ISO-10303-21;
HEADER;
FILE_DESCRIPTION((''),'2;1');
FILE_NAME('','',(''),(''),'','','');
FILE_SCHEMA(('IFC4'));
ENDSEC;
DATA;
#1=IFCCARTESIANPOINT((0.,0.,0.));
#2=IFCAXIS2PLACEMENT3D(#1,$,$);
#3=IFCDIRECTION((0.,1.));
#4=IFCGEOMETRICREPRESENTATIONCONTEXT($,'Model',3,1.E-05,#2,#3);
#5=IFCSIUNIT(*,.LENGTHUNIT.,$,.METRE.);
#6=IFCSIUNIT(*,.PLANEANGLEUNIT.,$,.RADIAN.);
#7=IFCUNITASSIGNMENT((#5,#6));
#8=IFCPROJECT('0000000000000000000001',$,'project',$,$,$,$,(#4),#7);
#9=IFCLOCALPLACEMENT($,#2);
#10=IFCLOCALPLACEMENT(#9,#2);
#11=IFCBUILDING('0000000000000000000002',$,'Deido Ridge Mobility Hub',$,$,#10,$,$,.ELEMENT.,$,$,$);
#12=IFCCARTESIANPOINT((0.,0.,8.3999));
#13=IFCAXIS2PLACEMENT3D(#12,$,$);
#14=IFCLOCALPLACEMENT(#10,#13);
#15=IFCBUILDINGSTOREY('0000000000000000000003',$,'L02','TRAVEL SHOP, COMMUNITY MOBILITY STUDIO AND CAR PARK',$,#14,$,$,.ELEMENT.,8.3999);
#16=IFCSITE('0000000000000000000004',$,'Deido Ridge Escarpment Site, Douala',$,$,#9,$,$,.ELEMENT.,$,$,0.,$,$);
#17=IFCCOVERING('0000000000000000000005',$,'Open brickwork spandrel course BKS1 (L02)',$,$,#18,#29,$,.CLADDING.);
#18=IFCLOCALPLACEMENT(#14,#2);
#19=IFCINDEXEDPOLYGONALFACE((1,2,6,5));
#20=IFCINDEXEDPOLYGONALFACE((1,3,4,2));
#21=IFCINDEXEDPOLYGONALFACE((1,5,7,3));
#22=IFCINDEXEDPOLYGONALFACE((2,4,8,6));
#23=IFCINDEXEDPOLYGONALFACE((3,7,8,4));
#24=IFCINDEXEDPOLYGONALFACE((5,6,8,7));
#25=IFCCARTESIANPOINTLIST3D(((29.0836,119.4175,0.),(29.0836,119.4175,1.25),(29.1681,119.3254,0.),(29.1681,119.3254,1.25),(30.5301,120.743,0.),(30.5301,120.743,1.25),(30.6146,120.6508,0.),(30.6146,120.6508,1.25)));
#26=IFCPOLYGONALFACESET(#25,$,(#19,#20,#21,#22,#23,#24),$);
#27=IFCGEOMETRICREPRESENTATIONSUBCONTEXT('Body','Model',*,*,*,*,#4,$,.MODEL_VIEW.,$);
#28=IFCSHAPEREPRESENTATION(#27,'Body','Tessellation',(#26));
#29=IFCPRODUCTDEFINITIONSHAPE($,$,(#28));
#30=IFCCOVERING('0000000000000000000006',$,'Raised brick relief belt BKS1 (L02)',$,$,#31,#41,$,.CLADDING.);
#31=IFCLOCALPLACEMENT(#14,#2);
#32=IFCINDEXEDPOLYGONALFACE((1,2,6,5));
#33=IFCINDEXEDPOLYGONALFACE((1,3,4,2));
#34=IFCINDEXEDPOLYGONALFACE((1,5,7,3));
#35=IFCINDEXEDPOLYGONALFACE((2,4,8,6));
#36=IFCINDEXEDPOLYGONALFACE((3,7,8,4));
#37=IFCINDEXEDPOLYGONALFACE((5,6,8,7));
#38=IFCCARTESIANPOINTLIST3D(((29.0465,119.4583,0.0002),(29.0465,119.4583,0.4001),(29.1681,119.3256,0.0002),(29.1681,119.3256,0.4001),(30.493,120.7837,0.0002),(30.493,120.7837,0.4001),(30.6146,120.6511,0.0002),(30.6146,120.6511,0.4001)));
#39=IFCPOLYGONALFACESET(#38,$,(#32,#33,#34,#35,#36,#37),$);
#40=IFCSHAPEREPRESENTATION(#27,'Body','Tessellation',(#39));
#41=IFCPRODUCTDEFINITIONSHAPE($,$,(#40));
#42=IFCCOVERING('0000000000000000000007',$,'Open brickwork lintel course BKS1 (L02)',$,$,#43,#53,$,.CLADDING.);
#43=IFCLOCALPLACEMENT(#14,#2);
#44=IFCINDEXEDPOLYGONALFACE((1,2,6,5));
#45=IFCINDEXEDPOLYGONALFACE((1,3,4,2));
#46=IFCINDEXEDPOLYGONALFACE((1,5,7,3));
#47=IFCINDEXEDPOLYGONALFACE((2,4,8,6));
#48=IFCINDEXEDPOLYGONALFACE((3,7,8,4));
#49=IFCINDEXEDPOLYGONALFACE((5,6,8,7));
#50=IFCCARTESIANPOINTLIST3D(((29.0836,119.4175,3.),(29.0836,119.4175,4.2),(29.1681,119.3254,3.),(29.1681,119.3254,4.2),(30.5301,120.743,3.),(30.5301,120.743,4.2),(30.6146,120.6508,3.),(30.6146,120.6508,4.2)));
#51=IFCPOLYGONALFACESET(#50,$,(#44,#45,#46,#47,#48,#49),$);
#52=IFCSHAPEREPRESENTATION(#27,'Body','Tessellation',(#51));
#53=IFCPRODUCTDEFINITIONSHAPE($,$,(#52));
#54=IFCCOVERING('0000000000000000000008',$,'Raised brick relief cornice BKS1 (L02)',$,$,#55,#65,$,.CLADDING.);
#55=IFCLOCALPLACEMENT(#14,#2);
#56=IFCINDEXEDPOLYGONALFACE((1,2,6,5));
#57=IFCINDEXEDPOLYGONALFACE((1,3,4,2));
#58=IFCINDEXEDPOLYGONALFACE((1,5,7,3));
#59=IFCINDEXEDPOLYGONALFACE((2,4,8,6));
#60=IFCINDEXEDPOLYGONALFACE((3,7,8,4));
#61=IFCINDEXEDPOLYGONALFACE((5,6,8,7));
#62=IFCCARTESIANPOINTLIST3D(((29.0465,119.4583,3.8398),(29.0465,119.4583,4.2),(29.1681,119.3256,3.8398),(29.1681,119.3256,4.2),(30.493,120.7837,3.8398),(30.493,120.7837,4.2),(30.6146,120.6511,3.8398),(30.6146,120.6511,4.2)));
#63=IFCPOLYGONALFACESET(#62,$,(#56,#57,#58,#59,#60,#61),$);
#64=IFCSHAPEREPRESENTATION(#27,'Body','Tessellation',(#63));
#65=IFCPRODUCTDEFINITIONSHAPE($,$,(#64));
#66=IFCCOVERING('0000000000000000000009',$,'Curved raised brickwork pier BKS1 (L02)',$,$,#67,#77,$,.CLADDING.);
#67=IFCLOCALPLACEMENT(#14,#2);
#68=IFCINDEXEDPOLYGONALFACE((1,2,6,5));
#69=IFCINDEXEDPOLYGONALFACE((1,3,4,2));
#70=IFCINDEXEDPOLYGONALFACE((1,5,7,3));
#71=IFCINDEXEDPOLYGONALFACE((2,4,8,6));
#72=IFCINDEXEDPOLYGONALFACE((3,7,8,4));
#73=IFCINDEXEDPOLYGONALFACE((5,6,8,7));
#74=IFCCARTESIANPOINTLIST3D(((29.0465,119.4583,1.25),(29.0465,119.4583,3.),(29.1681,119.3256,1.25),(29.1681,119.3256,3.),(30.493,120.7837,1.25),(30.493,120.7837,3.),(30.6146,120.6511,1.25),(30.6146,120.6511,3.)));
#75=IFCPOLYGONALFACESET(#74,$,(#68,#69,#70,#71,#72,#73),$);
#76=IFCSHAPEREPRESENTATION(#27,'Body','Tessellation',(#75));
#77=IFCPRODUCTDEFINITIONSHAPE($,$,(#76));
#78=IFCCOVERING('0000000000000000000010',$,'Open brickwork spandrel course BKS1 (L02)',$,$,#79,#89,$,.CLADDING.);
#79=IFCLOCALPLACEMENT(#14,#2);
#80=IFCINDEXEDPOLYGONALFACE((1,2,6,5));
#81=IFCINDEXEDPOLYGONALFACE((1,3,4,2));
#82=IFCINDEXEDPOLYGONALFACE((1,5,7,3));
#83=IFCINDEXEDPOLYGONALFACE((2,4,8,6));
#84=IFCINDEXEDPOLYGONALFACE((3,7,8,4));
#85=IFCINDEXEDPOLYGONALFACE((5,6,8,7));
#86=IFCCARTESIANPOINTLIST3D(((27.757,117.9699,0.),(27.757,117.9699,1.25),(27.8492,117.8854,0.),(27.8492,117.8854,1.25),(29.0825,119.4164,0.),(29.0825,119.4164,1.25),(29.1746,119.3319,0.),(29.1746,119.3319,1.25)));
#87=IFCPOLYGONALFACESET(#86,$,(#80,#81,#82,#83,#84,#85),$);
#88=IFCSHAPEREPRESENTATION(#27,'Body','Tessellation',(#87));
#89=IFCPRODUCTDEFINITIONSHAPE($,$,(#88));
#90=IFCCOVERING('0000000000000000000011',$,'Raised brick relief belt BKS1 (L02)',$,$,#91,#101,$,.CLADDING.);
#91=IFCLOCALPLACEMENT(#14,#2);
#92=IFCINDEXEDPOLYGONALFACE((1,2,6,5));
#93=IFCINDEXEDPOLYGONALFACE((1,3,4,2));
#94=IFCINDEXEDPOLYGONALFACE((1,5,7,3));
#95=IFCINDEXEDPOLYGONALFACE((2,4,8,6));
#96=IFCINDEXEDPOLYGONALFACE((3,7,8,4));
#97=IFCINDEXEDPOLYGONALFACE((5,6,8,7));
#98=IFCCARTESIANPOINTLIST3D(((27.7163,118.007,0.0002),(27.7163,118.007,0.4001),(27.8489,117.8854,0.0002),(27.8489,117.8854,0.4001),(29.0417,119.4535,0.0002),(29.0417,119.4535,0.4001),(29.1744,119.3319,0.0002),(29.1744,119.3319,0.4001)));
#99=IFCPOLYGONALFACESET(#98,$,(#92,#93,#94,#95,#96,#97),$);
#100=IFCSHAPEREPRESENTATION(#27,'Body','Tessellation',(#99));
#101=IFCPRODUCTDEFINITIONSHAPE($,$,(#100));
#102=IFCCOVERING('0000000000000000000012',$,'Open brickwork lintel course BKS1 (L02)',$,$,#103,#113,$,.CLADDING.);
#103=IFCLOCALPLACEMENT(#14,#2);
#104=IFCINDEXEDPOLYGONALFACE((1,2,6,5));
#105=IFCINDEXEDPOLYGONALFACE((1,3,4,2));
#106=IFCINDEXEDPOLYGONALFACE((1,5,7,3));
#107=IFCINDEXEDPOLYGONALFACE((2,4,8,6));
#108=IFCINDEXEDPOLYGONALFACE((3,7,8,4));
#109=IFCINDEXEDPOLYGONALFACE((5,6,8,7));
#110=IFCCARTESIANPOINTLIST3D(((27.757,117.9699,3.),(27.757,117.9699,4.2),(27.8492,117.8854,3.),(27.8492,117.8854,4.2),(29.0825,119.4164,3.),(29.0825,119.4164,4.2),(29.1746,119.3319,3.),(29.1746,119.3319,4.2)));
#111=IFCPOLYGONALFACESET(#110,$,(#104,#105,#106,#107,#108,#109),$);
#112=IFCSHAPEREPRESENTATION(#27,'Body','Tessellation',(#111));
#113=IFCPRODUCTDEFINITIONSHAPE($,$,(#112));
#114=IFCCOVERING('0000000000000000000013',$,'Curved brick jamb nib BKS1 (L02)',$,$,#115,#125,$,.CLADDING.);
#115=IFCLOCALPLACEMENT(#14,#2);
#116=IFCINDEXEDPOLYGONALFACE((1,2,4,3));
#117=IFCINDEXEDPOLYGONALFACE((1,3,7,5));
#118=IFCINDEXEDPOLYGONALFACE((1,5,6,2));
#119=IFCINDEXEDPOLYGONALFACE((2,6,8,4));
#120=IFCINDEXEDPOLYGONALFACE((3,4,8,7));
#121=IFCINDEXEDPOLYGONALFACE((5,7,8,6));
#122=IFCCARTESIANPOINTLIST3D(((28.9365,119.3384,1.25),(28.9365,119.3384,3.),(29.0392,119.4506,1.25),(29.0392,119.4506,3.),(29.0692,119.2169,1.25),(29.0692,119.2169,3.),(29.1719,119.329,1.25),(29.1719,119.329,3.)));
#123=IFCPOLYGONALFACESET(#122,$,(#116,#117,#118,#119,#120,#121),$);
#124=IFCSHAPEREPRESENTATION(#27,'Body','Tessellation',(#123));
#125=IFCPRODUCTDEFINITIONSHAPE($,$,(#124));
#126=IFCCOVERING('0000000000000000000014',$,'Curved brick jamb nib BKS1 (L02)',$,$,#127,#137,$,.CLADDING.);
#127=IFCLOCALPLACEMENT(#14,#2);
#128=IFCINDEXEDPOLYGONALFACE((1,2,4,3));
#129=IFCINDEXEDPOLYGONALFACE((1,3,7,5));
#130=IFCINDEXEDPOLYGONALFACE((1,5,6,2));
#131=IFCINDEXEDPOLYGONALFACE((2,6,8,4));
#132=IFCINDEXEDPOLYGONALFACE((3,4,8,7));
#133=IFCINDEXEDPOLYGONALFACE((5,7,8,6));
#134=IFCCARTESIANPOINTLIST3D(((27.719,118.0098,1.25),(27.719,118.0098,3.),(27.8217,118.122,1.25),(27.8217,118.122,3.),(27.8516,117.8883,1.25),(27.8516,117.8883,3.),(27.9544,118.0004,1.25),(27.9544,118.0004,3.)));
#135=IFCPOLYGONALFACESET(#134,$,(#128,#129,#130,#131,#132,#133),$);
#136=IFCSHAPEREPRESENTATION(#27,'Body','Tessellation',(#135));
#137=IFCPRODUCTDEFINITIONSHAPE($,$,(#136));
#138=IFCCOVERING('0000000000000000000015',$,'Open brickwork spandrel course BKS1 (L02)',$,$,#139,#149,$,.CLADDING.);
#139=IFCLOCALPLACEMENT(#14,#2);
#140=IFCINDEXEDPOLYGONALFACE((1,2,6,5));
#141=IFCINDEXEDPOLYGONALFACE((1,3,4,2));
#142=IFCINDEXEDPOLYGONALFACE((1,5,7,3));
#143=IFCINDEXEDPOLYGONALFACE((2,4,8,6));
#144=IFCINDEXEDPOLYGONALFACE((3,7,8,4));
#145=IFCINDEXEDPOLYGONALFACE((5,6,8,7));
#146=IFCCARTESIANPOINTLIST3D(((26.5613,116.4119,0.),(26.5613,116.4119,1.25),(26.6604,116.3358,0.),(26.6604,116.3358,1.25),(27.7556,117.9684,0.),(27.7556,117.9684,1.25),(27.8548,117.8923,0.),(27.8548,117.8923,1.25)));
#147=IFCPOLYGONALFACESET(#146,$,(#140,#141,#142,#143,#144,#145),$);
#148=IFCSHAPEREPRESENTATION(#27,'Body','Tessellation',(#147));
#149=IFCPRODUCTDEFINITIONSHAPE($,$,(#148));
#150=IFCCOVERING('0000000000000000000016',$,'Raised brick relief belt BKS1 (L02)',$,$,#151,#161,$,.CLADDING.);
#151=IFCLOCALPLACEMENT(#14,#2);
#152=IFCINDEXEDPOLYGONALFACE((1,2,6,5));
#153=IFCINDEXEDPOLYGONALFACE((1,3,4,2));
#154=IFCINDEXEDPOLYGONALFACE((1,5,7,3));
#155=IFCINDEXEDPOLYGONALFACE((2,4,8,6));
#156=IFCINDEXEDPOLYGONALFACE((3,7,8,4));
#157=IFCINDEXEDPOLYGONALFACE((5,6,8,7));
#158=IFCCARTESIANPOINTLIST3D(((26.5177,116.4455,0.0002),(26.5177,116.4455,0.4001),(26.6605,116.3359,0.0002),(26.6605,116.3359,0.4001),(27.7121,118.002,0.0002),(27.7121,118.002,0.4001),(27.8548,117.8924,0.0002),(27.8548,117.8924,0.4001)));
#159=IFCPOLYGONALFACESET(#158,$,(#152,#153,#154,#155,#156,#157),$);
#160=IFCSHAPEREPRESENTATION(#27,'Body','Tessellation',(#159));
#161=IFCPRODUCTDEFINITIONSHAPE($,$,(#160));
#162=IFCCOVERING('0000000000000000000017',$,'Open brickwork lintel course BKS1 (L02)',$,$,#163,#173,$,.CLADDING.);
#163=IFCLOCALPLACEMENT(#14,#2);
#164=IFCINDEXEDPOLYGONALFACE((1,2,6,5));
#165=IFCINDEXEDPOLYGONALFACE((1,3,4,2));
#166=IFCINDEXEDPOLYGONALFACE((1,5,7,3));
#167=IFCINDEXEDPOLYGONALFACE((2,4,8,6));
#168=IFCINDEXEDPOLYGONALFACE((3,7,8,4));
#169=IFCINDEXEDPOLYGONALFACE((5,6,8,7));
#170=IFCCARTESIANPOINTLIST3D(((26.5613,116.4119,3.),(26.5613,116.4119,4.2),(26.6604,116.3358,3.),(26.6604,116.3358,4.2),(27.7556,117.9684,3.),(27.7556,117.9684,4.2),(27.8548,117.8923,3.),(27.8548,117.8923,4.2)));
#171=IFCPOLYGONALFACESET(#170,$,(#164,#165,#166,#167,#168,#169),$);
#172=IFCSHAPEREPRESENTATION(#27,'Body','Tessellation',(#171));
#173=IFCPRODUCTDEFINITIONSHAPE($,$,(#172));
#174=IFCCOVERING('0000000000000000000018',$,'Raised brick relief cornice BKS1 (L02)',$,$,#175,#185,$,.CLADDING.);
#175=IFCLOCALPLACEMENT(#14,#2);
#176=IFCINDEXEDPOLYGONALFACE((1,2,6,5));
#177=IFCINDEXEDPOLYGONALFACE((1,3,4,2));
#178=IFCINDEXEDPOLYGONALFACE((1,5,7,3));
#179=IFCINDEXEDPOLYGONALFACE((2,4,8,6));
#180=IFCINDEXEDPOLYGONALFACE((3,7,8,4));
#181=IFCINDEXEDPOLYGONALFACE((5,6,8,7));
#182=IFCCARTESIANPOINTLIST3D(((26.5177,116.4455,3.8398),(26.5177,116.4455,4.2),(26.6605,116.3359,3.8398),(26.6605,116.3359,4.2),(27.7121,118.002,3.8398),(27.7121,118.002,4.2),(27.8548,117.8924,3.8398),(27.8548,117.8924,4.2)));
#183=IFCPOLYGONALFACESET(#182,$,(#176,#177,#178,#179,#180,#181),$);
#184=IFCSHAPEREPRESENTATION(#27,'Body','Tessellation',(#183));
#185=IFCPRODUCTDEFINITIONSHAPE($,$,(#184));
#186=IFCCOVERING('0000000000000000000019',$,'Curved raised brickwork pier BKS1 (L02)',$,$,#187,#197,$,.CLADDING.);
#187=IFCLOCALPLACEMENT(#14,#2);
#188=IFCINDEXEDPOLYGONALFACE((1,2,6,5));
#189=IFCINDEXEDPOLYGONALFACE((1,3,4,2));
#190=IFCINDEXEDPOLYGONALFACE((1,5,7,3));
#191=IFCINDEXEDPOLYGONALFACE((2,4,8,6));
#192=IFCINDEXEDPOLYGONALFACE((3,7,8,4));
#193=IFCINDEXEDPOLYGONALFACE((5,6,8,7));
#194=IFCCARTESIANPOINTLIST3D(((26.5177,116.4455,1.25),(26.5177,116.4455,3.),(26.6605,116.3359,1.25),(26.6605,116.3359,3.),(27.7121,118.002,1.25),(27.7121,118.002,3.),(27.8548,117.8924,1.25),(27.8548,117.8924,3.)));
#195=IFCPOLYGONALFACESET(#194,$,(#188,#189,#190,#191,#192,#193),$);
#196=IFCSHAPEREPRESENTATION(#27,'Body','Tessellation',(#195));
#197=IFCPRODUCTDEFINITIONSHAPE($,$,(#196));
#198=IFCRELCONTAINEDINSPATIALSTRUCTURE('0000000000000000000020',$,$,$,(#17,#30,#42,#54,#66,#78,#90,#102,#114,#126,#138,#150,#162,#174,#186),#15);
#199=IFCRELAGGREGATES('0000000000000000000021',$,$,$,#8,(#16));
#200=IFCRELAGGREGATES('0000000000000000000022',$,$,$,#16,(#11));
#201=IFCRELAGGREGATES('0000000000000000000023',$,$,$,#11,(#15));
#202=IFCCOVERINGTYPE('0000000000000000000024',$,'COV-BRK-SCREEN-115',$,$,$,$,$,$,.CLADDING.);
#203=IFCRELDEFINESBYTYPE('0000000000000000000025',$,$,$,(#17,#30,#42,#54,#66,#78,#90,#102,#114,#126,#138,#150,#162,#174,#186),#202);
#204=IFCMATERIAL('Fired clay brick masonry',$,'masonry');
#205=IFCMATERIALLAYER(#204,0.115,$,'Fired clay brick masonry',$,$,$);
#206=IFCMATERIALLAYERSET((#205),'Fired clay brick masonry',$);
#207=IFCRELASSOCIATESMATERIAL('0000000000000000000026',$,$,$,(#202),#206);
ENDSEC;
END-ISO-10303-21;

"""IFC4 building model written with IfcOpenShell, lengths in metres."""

from ifc_helpers import new_model, si_unit, direction, frame, origin, origin_2d, place, context, subcontext, project, spatial, rectangle, extrude, material, layer, layer_set, type_object, element, save


model = new_model("IFC4")

# Units and contexts
model_context = context("Model", 3, precision=1e-05, world=origin(), true_north=direction((0.0, 1.0)))
body_context = subcontext(model_context, "Body", "Model", "MODEL_VIEW")
ifc_project = project(units=[si_unit("LENGTHUNIT", "METRE"), si_unit("PLANEANGLEUNIT", "RADIAN")], contexts=[model_context])

# Site, building, storey
site_placement = place(None, origin())
site = spatial("IfcSite", under=ifc_project, at=site_placement, Name="Deido Ridge Escarpment Site, Douala", CompositionType="ELEMENT", RefElevation=0.0)
building_placement = place(site_placement, origin())
building = spatial("IfcBuilding", under=site, at=building_placement, Name="Deido Ridge Mobility Hub", CompositionType="ELEMENT")
storey_placement = place(building_placement, frame((0.0, 0.0, 8.3999)))
storey = spatial("IfcBuildingStorey", under=building, at=storey_placement, Name="L02", Description="TRAVEL SHOP, COMMUNITY MOBILITY STUDIO AND CAR PARK", CompositionType="ELEMENT", Elevation=8.3999)

# Coverings
ifc_material_1 = material(Name="Fired clay brick masonry", Category="masonry")
ifc_layer = layer(ifc_material_1, 0.115, Name="Fired clay brick masonry")
ifc_layer_set = layer_set([ifc_layer], Name="Fired clay brick masonry")
covering_type = type_object("IfcCoveringType", Name="COV-BRK-SCREEN-115", PredefinedType="CLADDING", material=ifc_layer_set)
covering_1_placement = place(storey_placement, frame((29.8491, 120.0342, 0.0), z_axis=(0.0, 0.0, 1.0), x_axis=(-0.737289, -0.675577, 0.0)))
element("IfcCovering", 1, at=covering_1_placement, inside=storey, type_object=covering_type, Name="Open brickwork spandrel course BKS1 (L02)", PredefinedType="CLADDING", context=body_context, shape_type="SweptSolid", body=[
    extrude(rectangle(XDim=1.9619, YDim=0.125, at=origin_2d()), origin(), (0.0, 0.0, 1.0), 1.25),
])
covering_2_placement = place(storey_placement, frame((29.8306, 120.0547, 0.0002), z_axis=(0.0, 0.0, 1.0), x_axis=(-0.737289, -0.675577, 0.0)))
element("IfcCovering", 2, at=covering_2_placement, inside=storey, type_object=covering_type, Name="Raised brick relief belt BKS1 (L02)", PredefinedType="CLADDING", context=body_context, shape_type="SweptSolid", body=[
    extrude(rectangle(XDim=1.9619, YDim=0.1799, at=origin_2d()), origin(), (0.0, 0.0, 1.0), 0.3999),
])
covering_3_placement = place(storey_placement, frame((29.8491, 120.0342, 3.0), z_axis=(0.0, 0.0, 1.0), x_axis=(-0.737289, -0.675577, 0.0)))
element("IfcCovering", 3, at=covering_3_placement, inside=storey, type_object=covering_type, Name="Open brickwork lintel course BKS1 (L02)", PredefinedType="CLADDING", context=body_context, shape_type="SweptSolid", body=[
    extrude(rectangle(XDim=1.9619, YDim=0.125, at=origin_2d()), origin(), (0.0, 0.0, 1.0), 1.2),
])
covering_4_placement = place(storey_placement, frame((29.8306, 120.0547, 3.8398), z_axis=(0.0, 0.0, 1.0), x_axis=(-0.737289, -0.675577, 0.0)))
element("IfcCovering", 4, at=covering_4_placement, inside=storey, type_object=covering_type, Name="Raised brick relief cornice BKS1 (L02)", PredefinedType="CLADDING", context=body_context, shape_type="SweptSolid", body=[
    extrude(rectangle(XDim=1.9619, YDim=0.1799, at=origin_2d()), origin(), (0.0, 0.0, 1.0), 0.3601),
])
covering_5_placement = place(storey_placement, frame((29.8306, 120.0547, 1.25), z_axis=(0.0, 0.0, 1.0), x_axis=(-0.737289, -0.675577, 0.0)))
element("IfcCovering", 5, at=covering_5_placement, inside=storey, type_object=covering_type, Name="Curved raised brickwork pier BKS1 (L02)", PredefinedType="CLADDING", context=body_context, shape_type="SweptSolid", body=[
    extrude(rectangle(XDim=1.9619, YDim=0.1799, at=origin_2d()), origin(), (0.0, 0.0, 1.0), 1.75),
])
covering_6_placement = place(storey_placement, frame((28.4658, 118.6509, 0.0), z_axis=(0.0, 0.0, 1.0), x_axis=(-0.675577, -0.737289, 0.0)))
element("IfcCovering", 6, at=covering_6_placement, inside=storey, type_object=covering_type, Name="Open brickwork spandrel course BKS1 (L02)", PredefinedType="CLADDING", context=body_context, shape_type="SweptSolid", body=[
    extrude(rectangle(XDim=1.9619, YDim=0.125, at=origin_2d()), origin(), (0.0, 0.0, 1.0), 1.25),
])
covering_7_placement = place(storey_placement, frame((28.4453, 118.6694, 0.0002), z_axis=(0.0, 0.0, 1.0), x_axis=(-0.675577, -0.737289, 0.0)))
element("IfcCovering", 7, at=covering_7_placement, inside=storey, type_object=covering_type, Name="Raised brick relief belt BKS1 (L02)", PredefinedType="CLADDING", context=body_context, shape_type="SweptSolid", body=[
    extrude(rectangle(XDim=1.9619, YDim=0.1799, at=origin_2d()), origin(), (0.0, 0.0, 1.0), 0.3999),
])
covering_8_placement = place(storey_placement, frame((28.4658, 118.6509, 3.0), z_axis=(0.0, 0.0, 1.0), x_axis=(-0.675577, -0.737289, 0.0)))
element("IfcCovering", 8, at=covering_8_placement, inside=storey, type_object=covering_type, Name="Open brickwork lintel course BKS1 (L02)", PredefinedType="CLADDING", context=body_context, shape_type="SweptSolid", body=[
    extrude(rectangle(XDim=1.9619, YDim=0.125, at=origin_2d()), origin(), (0.0, 0.0, 1.0), 1.2),
])
for number, where, z_axis, x_axis, name in (
    (9, (29.0542, 119.3337, 1.25), (0.0, 0.0, 1.0), (-0.675577, -0.737289, 0.0), "Curved brick jamb nib BKS1 (L02)"),
    (10, (27.8367, 118.0051, 1.25), (0.0, 0.0, 1.0), (-0.675577, -0.737289, 0.0), "Curved brick jamb nib BKS1 (L02)"),
):
    element("IfcCovering", number, at=place(storey_placement, frame(where, z_axis=z_axis, x_axis=x_axis)), inside=storey, type_object=covering_type, Name=name, PredefinedType="CLADDING", context=body_context, shape_type="SweptSolid", body=[
        extrude(rectangle(XDim=0.1521, YDim=0.1799, at=origin_2d()), origin(), (0.0, 0.0, 1.0), 1.75),
    ])
covering_9_placement = place(storey_placement, frame((27.208, 117.1521, 0.0), z_axis=(0.0, 0.0, 1.0), x_axis=(-0.608761, -0.793353, 0.0)))
element("IfcCovering", 11, at=covering_9_placement, inside=storey, type_object=covering_type, Name="Open brickwork spandrel course BKS1 (L02)", PredefinedType="CLADDING", context=body_context, shape_type="SweptSolid", body=[
    extrude(rectangle(XDim=1.9619, YDim=0.125, at=origin_2d()), origin(), (0.0, 0.0, 1.0), 1.25),
])
covering_10_placement = place(storey_placement, frame((27.1863, 117.1689, 0.0002), z_axis=(0.0, 0.0, 1.0), x_axis=(-0.608761, -0.793353, 0.0)))
element("IfcCovering", 12, at=covering_10_placement, inside=storey, type_object=covering_type, Name="Raised brick relief belt BKS1 (L02)", PredefinedType="CLADDING", context=body_context, shape_type="SweptSolid", body=[
    extrude(rectangle(XDim=1.9619, YDim=0.1799, at=origin_2d()), origin(), (0.0, 0.0, 1.0), 0.3999),
])
covering_11_placement = place(storey_placement, frame((27.208, 117.1521, 3.0), z_axis=(0.0, 0.0, 1.0), x_axis=(-0.608761, -0.793353, 0.0)))
element("IfcCovering", 13, at=covering_11_placement, inside=storey, type_object=covering_type, Name="Open brickwork lintel course BKS1 (L02)", PredefinedType="CLADDING", context=body_context, shape_type="SweptSolid", body=[
    extrude(rectangle(XDim=1.9619, YDim=0.125, at=origin_2d()), origin(), (0.0, 0.0, 1.0), 1.2),
])
covering_12_placement = place(storey_placement, frame((27.1863, 117.1689, 3.8398), z_axis=(0.0, 0.0, 1.0), x_axis=(-0.608761, -0.793353, 0.0)))
element("IfcCovering", 14, at=covering_12_placement, inside=storey, type_object=covering_type, Name="Raised brick relief cornice BKS1 (L02)", PredefinedType="CLADDING", context=body_context, shape_type="SweptSolid", body=[
    extrude(rectangle(XDim=1.9619, YDim=0.1799, at=origin_2d()), origin(), (0.0, 0.0, 1.0), 0.3601),
])
covering_13_placement = place(storey_placement, frame((27.1863, 117.1689, 1.25), z_axis=(0.0, 0.0, 1.0), x_axis=(-0.608761, -0.793353, 0.0)))
element("IfcCovering", 15, at=covering_13_placement, inside=storey, type_object=covering_type, Name="Curved raised brickwork pier BKS1 (L02)", PredefinedType="CLADDING", context=body_context, shape_type="SweptSolid", body=[
    extrude(rectangle(XDim=1.9619, YDim=0.1799, at=origin_2d()), origin(), (0.0, 0.0, 1.0), 1.75),
])

save(model, "model.ifc")
